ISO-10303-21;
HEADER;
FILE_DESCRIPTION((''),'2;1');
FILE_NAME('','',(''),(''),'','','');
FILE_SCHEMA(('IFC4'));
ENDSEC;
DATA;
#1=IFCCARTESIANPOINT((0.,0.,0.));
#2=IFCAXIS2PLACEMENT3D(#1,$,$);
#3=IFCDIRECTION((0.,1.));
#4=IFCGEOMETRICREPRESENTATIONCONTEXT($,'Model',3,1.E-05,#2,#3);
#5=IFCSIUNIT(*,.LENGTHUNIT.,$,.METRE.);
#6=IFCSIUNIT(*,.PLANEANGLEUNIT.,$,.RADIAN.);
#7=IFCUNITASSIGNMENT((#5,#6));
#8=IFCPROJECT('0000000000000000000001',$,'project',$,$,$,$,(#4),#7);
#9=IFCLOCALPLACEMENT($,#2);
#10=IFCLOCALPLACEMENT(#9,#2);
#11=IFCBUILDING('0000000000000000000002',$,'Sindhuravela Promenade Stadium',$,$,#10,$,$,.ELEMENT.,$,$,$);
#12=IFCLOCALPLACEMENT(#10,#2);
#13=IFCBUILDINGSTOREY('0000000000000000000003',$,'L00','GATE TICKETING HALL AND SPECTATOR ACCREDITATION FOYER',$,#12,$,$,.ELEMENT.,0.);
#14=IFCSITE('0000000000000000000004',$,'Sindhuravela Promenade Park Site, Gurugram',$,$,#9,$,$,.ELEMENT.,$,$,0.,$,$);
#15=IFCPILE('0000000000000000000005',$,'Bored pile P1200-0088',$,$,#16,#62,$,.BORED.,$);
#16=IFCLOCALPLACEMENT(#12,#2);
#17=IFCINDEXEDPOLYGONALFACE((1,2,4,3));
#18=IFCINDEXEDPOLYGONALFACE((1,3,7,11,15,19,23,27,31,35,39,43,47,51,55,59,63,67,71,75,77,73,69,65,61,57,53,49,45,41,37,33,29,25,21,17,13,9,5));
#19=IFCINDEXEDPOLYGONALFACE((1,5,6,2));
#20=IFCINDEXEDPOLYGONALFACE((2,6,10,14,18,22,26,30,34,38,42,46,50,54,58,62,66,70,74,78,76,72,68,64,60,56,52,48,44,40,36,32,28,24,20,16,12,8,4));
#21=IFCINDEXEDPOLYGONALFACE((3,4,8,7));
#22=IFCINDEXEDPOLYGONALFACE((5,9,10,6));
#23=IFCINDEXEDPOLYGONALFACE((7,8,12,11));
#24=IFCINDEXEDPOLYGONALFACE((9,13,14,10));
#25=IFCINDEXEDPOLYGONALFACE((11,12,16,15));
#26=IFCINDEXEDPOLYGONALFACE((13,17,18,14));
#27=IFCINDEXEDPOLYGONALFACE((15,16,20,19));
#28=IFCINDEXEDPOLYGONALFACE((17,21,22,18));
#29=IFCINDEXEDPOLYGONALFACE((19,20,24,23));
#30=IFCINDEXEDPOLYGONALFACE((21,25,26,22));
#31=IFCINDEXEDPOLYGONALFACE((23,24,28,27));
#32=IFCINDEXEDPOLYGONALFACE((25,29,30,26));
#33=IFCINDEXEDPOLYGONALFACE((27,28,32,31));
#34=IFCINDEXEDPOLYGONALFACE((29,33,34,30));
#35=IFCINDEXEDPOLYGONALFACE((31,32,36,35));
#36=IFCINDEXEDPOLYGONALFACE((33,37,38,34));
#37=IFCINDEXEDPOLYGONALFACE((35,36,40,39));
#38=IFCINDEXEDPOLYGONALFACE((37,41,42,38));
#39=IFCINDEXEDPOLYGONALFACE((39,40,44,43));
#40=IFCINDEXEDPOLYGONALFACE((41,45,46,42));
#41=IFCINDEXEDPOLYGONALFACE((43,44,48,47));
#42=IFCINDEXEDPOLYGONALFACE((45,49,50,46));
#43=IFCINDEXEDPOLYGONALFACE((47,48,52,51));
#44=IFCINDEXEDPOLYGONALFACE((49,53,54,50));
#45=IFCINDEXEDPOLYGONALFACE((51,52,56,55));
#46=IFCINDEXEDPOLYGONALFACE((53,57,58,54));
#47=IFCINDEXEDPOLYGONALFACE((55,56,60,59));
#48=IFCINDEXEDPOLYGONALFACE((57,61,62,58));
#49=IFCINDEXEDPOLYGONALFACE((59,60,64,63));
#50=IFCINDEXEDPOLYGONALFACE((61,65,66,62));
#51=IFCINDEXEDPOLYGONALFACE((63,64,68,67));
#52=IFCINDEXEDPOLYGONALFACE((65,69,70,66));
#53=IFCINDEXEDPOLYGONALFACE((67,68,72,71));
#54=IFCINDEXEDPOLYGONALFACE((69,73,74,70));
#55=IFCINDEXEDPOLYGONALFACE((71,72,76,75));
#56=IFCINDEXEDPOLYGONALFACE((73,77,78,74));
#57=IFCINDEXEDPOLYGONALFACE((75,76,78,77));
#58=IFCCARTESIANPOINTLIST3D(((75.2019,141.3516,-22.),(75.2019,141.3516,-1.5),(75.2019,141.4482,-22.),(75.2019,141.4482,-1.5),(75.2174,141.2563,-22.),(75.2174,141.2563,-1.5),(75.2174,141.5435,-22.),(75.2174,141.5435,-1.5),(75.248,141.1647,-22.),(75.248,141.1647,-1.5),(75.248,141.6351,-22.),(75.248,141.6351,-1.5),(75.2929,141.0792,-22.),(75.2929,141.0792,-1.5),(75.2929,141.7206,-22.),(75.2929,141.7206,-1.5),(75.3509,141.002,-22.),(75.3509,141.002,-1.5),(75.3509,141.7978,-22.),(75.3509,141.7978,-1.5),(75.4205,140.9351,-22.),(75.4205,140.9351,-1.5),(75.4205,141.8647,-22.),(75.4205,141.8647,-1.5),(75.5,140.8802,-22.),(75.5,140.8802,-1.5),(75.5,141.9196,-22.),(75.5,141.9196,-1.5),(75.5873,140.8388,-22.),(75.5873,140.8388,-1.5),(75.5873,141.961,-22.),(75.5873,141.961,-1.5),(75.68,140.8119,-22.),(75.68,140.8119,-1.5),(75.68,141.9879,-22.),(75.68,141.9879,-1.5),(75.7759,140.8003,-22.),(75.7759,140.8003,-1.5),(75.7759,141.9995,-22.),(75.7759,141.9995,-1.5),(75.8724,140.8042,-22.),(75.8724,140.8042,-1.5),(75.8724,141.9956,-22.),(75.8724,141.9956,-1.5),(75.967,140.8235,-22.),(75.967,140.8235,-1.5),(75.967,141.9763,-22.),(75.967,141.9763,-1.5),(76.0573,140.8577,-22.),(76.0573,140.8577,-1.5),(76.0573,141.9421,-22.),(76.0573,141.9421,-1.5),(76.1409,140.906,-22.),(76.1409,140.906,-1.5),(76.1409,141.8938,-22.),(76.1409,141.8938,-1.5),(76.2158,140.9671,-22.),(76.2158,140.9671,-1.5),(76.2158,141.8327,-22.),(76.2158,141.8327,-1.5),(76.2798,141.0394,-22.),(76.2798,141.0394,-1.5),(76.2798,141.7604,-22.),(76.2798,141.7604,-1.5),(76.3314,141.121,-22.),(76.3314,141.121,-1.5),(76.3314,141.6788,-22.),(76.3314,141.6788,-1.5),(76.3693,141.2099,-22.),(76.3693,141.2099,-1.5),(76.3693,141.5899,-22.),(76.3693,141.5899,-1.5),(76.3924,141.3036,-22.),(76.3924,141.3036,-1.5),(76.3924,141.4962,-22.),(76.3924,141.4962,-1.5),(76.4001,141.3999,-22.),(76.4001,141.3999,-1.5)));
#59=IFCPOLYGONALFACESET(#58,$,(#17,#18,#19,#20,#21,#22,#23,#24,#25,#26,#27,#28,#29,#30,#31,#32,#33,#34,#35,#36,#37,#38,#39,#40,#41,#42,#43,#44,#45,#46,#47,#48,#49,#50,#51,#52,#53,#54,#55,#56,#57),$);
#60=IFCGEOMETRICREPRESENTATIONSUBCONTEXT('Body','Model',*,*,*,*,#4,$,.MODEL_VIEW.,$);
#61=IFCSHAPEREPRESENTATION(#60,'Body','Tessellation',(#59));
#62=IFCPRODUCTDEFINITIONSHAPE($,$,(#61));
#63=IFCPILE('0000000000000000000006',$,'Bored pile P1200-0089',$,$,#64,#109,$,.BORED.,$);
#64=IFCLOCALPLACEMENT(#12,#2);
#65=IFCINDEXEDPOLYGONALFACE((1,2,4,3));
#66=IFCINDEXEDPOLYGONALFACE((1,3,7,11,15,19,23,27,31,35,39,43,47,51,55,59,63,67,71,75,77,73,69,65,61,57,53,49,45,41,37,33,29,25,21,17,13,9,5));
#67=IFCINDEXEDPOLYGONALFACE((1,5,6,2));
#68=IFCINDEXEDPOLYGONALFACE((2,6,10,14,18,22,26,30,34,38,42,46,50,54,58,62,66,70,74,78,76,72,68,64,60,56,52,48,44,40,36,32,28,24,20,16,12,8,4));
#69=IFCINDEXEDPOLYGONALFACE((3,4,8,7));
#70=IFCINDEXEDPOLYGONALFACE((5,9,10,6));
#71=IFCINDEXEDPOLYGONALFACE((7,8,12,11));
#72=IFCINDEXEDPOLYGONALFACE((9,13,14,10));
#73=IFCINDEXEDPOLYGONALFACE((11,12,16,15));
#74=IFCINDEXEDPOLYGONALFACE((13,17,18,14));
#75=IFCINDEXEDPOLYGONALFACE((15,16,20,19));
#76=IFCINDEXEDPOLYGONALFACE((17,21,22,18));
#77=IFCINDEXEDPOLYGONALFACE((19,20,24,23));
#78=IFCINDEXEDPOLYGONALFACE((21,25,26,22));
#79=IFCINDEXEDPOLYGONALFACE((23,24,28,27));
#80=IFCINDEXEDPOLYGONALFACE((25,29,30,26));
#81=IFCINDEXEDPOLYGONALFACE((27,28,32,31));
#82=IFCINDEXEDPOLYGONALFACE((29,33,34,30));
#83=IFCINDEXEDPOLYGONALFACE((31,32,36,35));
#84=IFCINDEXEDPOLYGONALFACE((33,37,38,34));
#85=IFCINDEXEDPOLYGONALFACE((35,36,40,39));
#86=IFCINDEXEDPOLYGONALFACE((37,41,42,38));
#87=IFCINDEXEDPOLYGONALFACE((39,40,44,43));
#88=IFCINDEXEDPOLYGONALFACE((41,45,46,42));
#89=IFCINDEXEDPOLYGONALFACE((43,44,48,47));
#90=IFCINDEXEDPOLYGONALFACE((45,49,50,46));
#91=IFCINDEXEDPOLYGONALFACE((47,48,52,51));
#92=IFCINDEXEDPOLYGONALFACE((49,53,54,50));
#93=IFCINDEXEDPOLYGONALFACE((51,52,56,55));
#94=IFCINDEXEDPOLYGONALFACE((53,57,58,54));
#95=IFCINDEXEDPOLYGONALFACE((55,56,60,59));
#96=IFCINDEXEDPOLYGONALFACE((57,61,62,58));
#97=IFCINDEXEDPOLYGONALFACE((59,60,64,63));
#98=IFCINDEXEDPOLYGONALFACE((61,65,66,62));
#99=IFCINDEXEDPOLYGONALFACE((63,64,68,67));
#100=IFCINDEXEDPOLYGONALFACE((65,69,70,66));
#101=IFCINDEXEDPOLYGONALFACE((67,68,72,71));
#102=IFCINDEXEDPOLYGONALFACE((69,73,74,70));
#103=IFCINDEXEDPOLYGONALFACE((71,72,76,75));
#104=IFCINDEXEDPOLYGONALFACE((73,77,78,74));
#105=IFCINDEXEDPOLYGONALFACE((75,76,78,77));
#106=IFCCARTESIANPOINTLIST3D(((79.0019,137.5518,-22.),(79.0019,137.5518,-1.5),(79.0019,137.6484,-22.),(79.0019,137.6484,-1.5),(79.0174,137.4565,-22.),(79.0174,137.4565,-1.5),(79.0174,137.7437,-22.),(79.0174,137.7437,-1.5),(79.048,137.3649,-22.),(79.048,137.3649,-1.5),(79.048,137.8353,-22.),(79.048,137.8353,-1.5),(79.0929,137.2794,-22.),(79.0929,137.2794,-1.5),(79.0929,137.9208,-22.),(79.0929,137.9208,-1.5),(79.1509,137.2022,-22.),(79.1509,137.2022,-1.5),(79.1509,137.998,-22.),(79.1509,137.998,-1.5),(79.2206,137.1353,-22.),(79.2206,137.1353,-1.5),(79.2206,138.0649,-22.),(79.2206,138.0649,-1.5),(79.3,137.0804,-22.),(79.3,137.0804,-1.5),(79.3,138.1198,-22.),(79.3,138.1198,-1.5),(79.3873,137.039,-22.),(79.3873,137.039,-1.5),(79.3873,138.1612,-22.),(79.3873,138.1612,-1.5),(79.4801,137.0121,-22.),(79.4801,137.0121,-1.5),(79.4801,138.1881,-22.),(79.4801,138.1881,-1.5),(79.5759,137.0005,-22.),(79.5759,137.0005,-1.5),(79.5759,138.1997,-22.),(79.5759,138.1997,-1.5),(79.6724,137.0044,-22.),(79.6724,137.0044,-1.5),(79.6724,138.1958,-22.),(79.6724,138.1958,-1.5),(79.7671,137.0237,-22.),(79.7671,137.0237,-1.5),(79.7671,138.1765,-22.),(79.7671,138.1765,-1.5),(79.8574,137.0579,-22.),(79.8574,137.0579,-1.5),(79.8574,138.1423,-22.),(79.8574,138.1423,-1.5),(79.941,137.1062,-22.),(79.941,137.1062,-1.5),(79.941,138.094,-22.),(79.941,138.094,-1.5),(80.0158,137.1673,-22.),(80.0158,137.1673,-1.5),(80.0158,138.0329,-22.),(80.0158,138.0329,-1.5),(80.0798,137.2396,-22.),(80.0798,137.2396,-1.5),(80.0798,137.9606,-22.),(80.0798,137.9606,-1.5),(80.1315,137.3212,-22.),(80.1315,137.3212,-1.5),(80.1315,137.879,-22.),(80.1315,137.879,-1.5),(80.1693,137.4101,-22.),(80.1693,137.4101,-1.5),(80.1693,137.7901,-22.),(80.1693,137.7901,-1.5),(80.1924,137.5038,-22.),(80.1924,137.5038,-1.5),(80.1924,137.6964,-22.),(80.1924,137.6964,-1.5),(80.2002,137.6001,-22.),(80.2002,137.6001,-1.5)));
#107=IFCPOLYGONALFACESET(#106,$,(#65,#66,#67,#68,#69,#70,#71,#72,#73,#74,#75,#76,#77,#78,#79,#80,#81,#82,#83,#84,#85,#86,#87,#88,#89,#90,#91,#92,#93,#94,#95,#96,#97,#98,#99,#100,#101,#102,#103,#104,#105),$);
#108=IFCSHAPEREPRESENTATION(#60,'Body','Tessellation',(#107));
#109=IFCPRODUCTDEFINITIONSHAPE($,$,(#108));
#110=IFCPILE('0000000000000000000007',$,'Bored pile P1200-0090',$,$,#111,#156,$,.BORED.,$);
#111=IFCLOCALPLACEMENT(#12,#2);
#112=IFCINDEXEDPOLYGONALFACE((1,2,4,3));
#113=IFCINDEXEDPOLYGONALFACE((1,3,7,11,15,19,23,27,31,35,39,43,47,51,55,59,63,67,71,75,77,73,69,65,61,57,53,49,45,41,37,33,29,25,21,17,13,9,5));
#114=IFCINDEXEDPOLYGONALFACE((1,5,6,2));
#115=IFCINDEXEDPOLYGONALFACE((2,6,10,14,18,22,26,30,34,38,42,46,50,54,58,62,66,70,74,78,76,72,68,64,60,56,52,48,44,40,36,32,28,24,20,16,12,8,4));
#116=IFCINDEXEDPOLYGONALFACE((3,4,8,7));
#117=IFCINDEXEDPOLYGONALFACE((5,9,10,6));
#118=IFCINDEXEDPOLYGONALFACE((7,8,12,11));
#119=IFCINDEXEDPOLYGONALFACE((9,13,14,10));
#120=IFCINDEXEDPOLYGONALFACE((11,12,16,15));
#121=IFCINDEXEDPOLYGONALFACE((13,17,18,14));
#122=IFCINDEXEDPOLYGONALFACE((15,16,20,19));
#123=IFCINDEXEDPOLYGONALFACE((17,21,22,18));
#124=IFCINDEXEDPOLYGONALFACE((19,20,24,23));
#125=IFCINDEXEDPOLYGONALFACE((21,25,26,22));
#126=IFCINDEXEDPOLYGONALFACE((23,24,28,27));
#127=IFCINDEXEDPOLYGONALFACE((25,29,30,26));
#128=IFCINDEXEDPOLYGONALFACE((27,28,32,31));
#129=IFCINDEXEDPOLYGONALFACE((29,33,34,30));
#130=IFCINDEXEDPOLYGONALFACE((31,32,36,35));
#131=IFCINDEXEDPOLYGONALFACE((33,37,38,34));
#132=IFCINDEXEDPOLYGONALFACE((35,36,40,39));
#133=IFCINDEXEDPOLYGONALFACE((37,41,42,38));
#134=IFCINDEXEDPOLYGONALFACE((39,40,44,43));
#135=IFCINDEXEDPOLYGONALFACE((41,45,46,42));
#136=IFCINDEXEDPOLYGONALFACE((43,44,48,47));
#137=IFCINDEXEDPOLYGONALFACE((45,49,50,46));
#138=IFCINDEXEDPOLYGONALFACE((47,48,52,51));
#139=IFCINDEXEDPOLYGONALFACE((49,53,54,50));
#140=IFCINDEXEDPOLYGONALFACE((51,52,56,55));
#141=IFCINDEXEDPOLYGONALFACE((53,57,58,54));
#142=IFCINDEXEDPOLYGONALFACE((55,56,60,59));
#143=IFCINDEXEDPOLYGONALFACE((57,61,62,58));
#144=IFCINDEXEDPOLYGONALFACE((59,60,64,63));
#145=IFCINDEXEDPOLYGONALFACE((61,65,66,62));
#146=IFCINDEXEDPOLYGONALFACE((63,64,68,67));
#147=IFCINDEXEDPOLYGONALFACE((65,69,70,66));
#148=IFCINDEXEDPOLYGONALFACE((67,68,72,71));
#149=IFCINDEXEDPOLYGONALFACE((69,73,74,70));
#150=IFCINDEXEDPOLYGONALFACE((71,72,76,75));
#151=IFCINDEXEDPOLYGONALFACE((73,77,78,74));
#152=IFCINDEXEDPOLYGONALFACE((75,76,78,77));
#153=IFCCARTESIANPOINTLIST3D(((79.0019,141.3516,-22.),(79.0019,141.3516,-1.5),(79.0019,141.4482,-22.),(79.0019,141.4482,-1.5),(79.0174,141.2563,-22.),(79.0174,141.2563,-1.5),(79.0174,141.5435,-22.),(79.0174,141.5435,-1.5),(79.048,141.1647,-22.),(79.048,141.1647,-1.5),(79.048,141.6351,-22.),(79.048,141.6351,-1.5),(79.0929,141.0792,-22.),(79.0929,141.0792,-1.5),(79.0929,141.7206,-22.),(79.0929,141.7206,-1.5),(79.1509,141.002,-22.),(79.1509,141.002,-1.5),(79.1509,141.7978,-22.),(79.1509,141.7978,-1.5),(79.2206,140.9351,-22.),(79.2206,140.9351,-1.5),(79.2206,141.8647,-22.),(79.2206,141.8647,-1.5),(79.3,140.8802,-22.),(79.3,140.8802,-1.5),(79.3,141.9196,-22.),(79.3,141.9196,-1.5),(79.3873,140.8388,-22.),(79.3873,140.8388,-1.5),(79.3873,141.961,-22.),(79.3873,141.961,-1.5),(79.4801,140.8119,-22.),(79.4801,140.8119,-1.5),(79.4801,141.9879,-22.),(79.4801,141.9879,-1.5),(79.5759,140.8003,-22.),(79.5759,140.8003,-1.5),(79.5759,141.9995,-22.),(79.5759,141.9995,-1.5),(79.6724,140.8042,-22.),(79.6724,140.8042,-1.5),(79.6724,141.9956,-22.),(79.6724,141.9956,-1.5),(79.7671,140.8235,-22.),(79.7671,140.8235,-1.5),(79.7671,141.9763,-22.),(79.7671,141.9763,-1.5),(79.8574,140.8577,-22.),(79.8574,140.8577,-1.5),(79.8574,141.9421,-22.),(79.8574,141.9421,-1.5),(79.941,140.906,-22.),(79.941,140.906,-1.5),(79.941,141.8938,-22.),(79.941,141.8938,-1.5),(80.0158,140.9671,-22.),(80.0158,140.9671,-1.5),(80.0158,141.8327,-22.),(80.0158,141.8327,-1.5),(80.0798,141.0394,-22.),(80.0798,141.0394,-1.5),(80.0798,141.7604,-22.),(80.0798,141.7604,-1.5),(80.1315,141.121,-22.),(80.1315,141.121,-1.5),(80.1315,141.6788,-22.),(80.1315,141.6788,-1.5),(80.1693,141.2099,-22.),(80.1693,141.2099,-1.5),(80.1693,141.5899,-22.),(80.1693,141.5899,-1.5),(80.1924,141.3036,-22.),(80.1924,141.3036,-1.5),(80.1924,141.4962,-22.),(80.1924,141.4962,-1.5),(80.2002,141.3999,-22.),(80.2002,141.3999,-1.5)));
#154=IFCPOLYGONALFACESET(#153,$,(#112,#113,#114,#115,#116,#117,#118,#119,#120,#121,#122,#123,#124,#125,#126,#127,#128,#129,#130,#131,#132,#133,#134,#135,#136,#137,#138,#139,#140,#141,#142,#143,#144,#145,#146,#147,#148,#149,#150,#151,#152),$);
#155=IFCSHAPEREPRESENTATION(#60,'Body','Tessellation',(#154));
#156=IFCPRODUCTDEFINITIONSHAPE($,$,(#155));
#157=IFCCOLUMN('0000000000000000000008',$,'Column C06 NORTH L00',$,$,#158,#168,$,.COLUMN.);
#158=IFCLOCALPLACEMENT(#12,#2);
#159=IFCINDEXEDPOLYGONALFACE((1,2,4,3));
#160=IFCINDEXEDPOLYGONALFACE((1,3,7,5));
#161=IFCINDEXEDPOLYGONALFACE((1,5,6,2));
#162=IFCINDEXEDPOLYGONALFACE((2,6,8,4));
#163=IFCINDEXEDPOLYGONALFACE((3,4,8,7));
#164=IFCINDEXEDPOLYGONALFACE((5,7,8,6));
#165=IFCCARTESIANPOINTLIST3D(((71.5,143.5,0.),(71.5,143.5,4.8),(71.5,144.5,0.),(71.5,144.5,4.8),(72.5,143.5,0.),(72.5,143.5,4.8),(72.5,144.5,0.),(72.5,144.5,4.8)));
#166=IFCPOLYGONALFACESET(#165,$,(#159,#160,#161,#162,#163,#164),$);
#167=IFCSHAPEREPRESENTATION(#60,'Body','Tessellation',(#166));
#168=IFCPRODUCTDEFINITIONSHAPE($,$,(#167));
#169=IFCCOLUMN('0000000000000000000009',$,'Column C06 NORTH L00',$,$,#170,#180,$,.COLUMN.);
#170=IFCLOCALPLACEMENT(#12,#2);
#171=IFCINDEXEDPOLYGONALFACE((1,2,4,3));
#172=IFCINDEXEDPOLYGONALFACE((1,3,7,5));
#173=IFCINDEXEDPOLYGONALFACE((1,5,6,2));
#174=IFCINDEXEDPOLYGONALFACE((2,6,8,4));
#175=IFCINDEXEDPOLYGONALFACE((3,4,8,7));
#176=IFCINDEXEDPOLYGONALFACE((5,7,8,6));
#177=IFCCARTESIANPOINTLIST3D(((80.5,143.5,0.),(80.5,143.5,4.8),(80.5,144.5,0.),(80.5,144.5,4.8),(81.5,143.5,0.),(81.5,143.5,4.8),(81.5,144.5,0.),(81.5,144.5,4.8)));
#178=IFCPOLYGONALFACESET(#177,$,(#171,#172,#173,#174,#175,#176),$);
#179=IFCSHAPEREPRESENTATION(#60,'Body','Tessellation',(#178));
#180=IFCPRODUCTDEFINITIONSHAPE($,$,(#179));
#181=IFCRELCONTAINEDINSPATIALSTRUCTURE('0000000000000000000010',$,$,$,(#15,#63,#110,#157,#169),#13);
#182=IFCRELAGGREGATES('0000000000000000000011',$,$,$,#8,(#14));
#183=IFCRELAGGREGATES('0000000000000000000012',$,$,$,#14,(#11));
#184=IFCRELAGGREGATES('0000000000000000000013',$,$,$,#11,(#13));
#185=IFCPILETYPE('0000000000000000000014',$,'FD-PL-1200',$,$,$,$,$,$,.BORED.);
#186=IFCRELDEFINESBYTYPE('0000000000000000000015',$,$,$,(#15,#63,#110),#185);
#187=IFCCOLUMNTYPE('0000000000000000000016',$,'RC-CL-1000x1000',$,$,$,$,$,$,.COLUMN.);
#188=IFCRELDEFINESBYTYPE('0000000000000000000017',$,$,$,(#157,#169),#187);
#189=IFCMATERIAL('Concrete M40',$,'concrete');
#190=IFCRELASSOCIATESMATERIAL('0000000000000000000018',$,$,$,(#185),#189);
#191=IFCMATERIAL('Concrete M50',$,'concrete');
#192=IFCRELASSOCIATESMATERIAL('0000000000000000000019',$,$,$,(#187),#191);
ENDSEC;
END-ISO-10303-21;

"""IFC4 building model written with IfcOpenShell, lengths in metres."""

from ifc_helpers import new_model, si_unit, direction, frame, origin, origin_2d, place, context, subcontext, project, spatial, rectangle, circle, extrude, material, material_profile, profile_set, type_object, element, save


model = new_model("IFC4")

# Units and contexts
model_context = context("Model", 3, precision=1e-05, world=origin(), true_north=direction((0.0, 1.0)))
body_context = subcontext(model_context, "Body", "Model", "MODEL_VIEW")
ifc_project = project(units=[si_unit("LENGTHUNIT", "METRE"), si_unit("PLANEANGLEUNIT", "RADIAN")], contexts=[model_context])

# Site, building, storey
site_placement = place(None, origin())
site = spatial("IfcSite", under=ifc_project, at=site_placement, Name="Sindhuravela Promenade Park Site, Gurugram", CompositionType="ELEMENT", RefElevation=0.0)
building_placement = place(site_placement, origin())
building = spatial("IfcBuilding", under=site, at=building_placement, Name="Sindhuravela Promenade Stadium", CompositionType="ELEMENT")
storey_placement = place(building_placement, origin())
storey = spatial("IfcBuildingStorey", under=building, at=storey_placement, Name="L00", Description="GATE TICKETING HALL AND SPECTATOR ACCREDITATION FOYER", CompositionType="ELEMENT", Elevation=0.0)

# Shared definitions
ifc_material_1 = material(Name="Concrete M50", Category="concrete")

# Piles
ifc_material_2 = material(Name="Concrete M40", Category="concrete")
ifc_material_profile_1 = material_profile(ifc_material_2, circle(Radius=0.6001, at=origin_2d()), Name="BORED PILE D1200")
ifc_profile_set_1 = profile_set([ifc_material_profile_1], Name="Concrete M40")
pile_type = type_object("IfcPileType", Name="FD-PL-1200", PredefinedType="BORED", material=ifc_profile_set_1)
for number, where, z_axis, x_axis, name in (
    (1, (75.8, 141.3999, -1.5), (0.0, 0.0, -1.0), (1.0, 0.0, 0.0), "Bored pile P1200-0088"),
    (2, (79.6001, 137.6001, -1.5), (0.0, 0.0, -1.0), (1.0, 0.0, 0.0), "Bored pile P1200-0089"),
    (3, (79.6001, 141.3999, -1.5), (0.0, 0.0, -1.0), (1.0, 0.0, 0.0), "Bored pile P1200-0090"),
):
    element("IfcPile", number, at=place(storey_placement, frame(where, z_axis=z_axis, x_axis=x_axis)), inside=storey, type_object=pile_type, Name=name, PredefinedType="BORED", context=body_context, shape_type="SweptSolid", body=[
        extrude(circle(Radius=0.6001, at=origin_2d()), origin(), (0.0, 0.0, 1.0), 20.5),
    ])

# Columns
ifc_material_profile_2 = material_profile(ifc_material_1, rectangle(XDim=1.0, YDim=1.0, at=origin_2d()), Name="RC 1000x1000")
ifc_profile_set_2 = profile_set([ifc_material_profile_2], Name="Concrete M50")
column_type = type_object("IfcColumnType", Name="RC-CL-1000x1000", PredefinedType="COLUMN", material=ifc_profile_set_2)
for number, where, z_axis, x_axis, name in (
    (4, (72.0, 144.0, 0.0), (0.0, 0.0, 1.0), (1.0, 0.0, 0.0), "Column C06 NORTH L00"),
    (5, (81.0, 144.0, 0.0), (0.0, 0.0, 1.0), (1.0, 0.0, 0.0), "Column C06 NORTH L00"),
):
    element("IfcColumn", number, at=place(storey_placement, frame(where, z_axis=z_axis, x_axis=x_axis)), inside=storey, type_object=column_type, Name=name, PredefinedType="COLUMN", context=body_context, shape_type="SweptSolid", body=[
        extrude(rectangle(XDim=1.0, YDim=1.0, at=origin_2d()), origin(), (0.0, 0.0, 1.0), 4.8),
    ])

save(model, "model.ifc")
